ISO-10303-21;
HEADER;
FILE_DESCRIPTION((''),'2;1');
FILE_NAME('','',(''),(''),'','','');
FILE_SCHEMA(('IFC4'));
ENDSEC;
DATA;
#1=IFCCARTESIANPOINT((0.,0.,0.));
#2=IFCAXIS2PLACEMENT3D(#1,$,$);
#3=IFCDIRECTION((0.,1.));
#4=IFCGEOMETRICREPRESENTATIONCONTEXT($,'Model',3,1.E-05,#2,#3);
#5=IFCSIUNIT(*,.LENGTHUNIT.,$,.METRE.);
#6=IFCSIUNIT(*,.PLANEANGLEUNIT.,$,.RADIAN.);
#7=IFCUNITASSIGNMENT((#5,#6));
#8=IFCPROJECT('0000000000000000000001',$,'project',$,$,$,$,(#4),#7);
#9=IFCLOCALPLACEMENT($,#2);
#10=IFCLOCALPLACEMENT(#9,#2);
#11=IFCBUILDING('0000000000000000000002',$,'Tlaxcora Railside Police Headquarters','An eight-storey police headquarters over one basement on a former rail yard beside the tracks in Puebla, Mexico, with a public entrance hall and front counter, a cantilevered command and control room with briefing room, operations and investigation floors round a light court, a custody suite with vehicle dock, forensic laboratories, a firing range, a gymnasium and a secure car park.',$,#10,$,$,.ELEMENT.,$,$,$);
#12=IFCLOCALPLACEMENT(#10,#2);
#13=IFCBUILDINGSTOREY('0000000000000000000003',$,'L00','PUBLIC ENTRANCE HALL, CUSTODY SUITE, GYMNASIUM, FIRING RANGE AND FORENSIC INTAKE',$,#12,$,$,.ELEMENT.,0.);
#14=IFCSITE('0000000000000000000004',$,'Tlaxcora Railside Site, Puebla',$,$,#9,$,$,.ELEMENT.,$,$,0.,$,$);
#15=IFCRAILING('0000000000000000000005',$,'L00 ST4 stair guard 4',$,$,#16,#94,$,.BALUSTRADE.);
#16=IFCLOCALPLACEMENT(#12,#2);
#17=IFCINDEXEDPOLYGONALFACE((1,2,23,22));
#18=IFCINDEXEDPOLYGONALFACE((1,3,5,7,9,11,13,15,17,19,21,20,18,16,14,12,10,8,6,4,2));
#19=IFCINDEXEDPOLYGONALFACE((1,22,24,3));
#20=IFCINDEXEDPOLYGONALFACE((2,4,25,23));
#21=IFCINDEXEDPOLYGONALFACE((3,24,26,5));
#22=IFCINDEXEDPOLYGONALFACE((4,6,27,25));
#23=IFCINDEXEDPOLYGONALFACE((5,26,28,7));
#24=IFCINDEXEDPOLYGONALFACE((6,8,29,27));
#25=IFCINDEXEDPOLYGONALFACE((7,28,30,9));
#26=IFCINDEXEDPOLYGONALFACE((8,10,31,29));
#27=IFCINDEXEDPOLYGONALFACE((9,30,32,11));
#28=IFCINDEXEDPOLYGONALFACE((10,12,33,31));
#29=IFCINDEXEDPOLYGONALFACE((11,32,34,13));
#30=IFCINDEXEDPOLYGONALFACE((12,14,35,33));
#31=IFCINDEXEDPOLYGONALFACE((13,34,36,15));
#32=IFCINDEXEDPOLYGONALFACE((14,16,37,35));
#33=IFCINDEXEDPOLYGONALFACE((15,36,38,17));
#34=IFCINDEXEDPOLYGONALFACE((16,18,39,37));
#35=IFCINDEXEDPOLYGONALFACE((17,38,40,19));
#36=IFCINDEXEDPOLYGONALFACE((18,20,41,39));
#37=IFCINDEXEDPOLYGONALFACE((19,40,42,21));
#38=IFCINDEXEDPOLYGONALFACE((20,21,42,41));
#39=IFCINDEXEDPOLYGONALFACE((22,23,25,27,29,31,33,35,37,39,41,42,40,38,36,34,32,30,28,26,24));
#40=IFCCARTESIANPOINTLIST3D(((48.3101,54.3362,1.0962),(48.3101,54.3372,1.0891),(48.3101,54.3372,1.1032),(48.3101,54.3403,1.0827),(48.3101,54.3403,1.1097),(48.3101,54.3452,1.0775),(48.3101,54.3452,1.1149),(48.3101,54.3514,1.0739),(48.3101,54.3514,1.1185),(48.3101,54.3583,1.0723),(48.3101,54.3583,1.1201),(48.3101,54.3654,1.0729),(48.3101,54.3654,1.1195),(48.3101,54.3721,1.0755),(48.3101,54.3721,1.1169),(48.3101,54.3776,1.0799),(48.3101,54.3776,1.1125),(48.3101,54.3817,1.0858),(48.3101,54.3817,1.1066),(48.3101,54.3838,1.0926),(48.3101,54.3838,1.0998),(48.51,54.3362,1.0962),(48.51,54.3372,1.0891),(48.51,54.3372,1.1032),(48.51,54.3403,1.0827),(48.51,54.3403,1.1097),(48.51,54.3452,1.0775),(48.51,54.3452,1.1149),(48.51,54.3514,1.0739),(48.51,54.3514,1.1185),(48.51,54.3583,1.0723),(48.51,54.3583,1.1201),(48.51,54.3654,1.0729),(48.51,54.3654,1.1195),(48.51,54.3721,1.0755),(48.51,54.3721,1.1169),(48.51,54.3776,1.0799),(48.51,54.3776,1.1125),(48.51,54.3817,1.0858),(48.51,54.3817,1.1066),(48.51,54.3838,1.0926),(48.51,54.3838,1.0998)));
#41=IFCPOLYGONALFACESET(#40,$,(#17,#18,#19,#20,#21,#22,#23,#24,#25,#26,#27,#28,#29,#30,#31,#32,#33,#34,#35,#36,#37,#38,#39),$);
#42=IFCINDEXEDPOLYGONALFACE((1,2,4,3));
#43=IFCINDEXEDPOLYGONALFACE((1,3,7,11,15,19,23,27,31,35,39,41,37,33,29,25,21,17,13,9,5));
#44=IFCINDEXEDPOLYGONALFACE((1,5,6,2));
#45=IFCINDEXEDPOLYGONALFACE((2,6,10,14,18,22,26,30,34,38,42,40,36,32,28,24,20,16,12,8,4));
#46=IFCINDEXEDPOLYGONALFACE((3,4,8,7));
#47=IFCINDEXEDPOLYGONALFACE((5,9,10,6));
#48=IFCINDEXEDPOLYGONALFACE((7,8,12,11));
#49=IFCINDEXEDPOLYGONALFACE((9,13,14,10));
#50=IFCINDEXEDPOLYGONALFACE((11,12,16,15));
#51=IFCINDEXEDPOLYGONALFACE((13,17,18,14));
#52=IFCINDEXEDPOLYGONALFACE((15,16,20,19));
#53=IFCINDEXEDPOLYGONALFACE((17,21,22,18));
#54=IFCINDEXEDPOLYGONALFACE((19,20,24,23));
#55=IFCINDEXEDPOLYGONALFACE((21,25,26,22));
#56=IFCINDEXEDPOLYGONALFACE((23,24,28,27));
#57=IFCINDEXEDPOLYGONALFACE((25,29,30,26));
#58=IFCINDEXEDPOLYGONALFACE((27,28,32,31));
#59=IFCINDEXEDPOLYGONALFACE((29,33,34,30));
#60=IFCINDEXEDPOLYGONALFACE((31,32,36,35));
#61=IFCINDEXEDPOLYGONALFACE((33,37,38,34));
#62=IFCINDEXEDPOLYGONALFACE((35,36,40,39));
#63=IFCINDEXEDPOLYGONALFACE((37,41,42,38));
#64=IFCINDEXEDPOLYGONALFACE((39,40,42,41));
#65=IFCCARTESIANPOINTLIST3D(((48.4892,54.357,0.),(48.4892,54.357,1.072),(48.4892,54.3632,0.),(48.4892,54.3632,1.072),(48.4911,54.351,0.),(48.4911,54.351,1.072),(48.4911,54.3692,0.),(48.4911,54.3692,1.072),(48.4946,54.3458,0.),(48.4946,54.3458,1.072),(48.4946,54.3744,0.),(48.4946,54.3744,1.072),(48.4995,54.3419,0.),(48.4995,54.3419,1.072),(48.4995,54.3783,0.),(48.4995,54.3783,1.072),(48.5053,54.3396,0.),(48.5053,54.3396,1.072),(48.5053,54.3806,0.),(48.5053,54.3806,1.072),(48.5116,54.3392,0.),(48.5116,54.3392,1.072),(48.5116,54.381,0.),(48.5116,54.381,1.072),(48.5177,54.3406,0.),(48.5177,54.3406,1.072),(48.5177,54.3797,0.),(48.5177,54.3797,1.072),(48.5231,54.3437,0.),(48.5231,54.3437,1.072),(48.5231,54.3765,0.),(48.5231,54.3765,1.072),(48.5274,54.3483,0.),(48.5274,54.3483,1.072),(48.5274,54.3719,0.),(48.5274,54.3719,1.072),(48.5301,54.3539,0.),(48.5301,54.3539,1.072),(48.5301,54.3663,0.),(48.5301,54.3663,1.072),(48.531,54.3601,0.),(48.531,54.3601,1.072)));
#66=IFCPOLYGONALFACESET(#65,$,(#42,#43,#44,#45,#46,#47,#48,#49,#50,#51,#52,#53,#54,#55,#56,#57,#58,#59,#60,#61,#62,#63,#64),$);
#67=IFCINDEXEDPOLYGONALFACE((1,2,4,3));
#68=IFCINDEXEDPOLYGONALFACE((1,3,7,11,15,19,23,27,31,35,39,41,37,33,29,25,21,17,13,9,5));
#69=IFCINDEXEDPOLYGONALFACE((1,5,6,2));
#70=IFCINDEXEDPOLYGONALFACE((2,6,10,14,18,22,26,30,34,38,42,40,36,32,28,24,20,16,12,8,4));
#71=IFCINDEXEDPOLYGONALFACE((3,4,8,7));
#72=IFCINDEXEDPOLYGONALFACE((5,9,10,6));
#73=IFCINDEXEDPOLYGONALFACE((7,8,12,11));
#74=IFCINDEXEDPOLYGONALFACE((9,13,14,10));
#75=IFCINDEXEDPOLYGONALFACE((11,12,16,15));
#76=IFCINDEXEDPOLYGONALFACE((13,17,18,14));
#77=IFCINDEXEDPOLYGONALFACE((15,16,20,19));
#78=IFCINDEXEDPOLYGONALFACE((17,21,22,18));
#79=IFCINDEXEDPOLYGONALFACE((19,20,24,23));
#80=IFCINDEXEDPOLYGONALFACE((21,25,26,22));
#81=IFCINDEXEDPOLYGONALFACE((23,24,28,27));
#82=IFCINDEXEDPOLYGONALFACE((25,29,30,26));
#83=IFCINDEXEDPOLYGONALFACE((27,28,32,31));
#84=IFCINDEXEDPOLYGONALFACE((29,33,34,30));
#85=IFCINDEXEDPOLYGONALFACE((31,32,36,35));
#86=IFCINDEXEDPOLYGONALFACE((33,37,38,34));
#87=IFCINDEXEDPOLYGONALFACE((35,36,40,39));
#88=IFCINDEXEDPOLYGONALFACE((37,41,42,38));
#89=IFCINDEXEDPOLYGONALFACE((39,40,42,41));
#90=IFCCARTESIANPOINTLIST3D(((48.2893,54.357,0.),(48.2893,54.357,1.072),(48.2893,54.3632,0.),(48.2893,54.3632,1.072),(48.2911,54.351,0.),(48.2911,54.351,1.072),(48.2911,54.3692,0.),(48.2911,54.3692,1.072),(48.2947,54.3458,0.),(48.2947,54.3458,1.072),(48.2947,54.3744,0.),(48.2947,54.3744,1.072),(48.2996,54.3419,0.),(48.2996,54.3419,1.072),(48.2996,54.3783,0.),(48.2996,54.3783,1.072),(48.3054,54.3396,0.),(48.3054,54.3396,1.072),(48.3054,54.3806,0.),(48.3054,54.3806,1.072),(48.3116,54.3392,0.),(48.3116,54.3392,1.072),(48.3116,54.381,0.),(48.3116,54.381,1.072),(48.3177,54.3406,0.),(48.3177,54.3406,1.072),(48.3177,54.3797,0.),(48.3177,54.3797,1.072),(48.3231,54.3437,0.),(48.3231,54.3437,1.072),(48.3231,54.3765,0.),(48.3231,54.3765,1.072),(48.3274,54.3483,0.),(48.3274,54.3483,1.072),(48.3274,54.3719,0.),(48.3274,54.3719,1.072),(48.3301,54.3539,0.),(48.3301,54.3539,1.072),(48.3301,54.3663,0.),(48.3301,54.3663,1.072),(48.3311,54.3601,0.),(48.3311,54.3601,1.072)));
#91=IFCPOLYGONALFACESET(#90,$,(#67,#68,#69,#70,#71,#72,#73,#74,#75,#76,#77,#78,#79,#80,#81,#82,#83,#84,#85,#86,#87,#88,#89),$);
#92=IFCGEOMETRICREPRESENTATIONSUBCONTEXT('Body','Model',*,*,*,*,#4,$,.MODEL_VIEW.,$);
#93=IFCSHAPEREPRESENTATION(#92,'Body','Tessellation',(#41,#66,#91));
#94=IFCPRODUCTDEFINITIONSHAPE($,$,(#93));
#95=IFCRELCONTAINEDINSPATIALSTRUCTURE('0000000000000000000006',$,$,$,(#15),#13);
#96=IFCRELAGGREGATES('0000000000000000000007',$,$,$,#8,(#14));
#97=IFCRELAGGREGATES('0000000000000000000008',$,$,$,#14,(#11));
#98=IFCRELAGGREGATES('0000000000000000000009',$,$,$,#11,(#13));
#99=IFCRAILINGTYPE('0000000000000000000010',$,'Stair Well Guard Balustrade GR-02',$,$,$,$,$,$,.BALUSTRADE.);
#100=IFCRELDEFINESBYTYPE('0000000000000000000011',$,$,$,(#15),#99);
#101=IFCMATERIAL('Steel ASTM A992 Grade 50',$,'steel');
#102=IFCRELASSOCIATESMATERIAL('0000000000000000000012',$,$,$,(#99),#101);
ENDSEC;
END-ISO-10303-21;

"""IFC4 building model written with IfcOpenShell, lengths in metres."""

from ifc_helpers import new_model, si_unit, direction, frame, origin, origin_2d, place, context, subcontext, project, spatial, circle, extrude, material, type_object, element, save


model = new_model("IFC4")

# Units and contexts
model_context = context("Model", 3, precision=1e-05, world=origin(), true_north=direction((0.0, 1.0)))
body_context = subcontext(model_context, "Body", "Model", "MODEL_VIEW")
ifc_project = project(units=[si_unit("LENGTHUNIT", "METRE"), si_unit("PLANEANGLEUNIT", "RADIAN")], contexts=[model_context])

# Site, building, storey
site_placement = place(None, origin())
site = spatial("IfcSite", under=ifc_project, at=site_placement, Name="Tlaxcora Railside Site, Puebla", CompositionType="ELEMENT", RefElevation=0.0)
building_placement = place(site_placement, origin())
building = spatial("IfcBuilding", under=site, at=building_placement, Name="Tlaxcora Railside Police Headquarters", Description="An eight-storey police headquarters over one basement on a former rail yard beside the tracks in Puebla, Mexico, with a public entrance hall and front counter, a cantilevered command and control room with briefing room, operations and investigation floors round a light court, a custody suite with vehicle dock, forensic laboratories, a firing range, a gymnasium and a secure car park.", CompositionType="ELEMENT")
storey_placement = place(building_placement, origin())
storey = spatial("IfcBuildingStorey", under=building, at=storey_placement, Name="L00", Description="PUBLIC ENTRANCE HALL, CUSTODY SUITE, GYMNASIUM, FIRING RANGE AND FORENSIC INTAKE", CompositionType="ELEMENT", Elevation=0.0)

# Shared definitions
ifc_material_1 = material(Name="Steel ASTM A992 Grade 50", Category="steel")

# Railing
railing_type_1 = type_object("IfcRailingType", Name="Stair Well Guard Balustrade GR-02", PredefinedType="BALUSTRADE", material=ifc_material_1)
railing_1_placement = place(storey_placement, frame((48.51, 54.3601, 0.0)))
element("IfcRailing", 1, at=railing_1_placement, inside=storey, type_object=railing_type_1, Name="L00 ST4 stair guard 4", PredefinedType="BALUSTRADE", context=body_context, shape_type="SweptSolid", body=[
    extrude(circle(Radius=0.0239, at=origin_2d()), frame((0.0, 0.0, 1.0962), z_axis=(-1.0, 0.0, 0.0), x_axis=(0.0, -1.0, 0.0)), (0.0, 0.0, 1.0), 0.2),
    extrude(circle(Radius=0.021, at=origin_2d()), origin(), (0.0, 0.0, 1.0), 1.072),
    extrude(circle(Radius=0.021, at=origin_2d()), frame((-0.2, 0.0, 0.0)), (0.0, 0.0, 1.0), 1.072),
])

save(model, "model.ifc")
